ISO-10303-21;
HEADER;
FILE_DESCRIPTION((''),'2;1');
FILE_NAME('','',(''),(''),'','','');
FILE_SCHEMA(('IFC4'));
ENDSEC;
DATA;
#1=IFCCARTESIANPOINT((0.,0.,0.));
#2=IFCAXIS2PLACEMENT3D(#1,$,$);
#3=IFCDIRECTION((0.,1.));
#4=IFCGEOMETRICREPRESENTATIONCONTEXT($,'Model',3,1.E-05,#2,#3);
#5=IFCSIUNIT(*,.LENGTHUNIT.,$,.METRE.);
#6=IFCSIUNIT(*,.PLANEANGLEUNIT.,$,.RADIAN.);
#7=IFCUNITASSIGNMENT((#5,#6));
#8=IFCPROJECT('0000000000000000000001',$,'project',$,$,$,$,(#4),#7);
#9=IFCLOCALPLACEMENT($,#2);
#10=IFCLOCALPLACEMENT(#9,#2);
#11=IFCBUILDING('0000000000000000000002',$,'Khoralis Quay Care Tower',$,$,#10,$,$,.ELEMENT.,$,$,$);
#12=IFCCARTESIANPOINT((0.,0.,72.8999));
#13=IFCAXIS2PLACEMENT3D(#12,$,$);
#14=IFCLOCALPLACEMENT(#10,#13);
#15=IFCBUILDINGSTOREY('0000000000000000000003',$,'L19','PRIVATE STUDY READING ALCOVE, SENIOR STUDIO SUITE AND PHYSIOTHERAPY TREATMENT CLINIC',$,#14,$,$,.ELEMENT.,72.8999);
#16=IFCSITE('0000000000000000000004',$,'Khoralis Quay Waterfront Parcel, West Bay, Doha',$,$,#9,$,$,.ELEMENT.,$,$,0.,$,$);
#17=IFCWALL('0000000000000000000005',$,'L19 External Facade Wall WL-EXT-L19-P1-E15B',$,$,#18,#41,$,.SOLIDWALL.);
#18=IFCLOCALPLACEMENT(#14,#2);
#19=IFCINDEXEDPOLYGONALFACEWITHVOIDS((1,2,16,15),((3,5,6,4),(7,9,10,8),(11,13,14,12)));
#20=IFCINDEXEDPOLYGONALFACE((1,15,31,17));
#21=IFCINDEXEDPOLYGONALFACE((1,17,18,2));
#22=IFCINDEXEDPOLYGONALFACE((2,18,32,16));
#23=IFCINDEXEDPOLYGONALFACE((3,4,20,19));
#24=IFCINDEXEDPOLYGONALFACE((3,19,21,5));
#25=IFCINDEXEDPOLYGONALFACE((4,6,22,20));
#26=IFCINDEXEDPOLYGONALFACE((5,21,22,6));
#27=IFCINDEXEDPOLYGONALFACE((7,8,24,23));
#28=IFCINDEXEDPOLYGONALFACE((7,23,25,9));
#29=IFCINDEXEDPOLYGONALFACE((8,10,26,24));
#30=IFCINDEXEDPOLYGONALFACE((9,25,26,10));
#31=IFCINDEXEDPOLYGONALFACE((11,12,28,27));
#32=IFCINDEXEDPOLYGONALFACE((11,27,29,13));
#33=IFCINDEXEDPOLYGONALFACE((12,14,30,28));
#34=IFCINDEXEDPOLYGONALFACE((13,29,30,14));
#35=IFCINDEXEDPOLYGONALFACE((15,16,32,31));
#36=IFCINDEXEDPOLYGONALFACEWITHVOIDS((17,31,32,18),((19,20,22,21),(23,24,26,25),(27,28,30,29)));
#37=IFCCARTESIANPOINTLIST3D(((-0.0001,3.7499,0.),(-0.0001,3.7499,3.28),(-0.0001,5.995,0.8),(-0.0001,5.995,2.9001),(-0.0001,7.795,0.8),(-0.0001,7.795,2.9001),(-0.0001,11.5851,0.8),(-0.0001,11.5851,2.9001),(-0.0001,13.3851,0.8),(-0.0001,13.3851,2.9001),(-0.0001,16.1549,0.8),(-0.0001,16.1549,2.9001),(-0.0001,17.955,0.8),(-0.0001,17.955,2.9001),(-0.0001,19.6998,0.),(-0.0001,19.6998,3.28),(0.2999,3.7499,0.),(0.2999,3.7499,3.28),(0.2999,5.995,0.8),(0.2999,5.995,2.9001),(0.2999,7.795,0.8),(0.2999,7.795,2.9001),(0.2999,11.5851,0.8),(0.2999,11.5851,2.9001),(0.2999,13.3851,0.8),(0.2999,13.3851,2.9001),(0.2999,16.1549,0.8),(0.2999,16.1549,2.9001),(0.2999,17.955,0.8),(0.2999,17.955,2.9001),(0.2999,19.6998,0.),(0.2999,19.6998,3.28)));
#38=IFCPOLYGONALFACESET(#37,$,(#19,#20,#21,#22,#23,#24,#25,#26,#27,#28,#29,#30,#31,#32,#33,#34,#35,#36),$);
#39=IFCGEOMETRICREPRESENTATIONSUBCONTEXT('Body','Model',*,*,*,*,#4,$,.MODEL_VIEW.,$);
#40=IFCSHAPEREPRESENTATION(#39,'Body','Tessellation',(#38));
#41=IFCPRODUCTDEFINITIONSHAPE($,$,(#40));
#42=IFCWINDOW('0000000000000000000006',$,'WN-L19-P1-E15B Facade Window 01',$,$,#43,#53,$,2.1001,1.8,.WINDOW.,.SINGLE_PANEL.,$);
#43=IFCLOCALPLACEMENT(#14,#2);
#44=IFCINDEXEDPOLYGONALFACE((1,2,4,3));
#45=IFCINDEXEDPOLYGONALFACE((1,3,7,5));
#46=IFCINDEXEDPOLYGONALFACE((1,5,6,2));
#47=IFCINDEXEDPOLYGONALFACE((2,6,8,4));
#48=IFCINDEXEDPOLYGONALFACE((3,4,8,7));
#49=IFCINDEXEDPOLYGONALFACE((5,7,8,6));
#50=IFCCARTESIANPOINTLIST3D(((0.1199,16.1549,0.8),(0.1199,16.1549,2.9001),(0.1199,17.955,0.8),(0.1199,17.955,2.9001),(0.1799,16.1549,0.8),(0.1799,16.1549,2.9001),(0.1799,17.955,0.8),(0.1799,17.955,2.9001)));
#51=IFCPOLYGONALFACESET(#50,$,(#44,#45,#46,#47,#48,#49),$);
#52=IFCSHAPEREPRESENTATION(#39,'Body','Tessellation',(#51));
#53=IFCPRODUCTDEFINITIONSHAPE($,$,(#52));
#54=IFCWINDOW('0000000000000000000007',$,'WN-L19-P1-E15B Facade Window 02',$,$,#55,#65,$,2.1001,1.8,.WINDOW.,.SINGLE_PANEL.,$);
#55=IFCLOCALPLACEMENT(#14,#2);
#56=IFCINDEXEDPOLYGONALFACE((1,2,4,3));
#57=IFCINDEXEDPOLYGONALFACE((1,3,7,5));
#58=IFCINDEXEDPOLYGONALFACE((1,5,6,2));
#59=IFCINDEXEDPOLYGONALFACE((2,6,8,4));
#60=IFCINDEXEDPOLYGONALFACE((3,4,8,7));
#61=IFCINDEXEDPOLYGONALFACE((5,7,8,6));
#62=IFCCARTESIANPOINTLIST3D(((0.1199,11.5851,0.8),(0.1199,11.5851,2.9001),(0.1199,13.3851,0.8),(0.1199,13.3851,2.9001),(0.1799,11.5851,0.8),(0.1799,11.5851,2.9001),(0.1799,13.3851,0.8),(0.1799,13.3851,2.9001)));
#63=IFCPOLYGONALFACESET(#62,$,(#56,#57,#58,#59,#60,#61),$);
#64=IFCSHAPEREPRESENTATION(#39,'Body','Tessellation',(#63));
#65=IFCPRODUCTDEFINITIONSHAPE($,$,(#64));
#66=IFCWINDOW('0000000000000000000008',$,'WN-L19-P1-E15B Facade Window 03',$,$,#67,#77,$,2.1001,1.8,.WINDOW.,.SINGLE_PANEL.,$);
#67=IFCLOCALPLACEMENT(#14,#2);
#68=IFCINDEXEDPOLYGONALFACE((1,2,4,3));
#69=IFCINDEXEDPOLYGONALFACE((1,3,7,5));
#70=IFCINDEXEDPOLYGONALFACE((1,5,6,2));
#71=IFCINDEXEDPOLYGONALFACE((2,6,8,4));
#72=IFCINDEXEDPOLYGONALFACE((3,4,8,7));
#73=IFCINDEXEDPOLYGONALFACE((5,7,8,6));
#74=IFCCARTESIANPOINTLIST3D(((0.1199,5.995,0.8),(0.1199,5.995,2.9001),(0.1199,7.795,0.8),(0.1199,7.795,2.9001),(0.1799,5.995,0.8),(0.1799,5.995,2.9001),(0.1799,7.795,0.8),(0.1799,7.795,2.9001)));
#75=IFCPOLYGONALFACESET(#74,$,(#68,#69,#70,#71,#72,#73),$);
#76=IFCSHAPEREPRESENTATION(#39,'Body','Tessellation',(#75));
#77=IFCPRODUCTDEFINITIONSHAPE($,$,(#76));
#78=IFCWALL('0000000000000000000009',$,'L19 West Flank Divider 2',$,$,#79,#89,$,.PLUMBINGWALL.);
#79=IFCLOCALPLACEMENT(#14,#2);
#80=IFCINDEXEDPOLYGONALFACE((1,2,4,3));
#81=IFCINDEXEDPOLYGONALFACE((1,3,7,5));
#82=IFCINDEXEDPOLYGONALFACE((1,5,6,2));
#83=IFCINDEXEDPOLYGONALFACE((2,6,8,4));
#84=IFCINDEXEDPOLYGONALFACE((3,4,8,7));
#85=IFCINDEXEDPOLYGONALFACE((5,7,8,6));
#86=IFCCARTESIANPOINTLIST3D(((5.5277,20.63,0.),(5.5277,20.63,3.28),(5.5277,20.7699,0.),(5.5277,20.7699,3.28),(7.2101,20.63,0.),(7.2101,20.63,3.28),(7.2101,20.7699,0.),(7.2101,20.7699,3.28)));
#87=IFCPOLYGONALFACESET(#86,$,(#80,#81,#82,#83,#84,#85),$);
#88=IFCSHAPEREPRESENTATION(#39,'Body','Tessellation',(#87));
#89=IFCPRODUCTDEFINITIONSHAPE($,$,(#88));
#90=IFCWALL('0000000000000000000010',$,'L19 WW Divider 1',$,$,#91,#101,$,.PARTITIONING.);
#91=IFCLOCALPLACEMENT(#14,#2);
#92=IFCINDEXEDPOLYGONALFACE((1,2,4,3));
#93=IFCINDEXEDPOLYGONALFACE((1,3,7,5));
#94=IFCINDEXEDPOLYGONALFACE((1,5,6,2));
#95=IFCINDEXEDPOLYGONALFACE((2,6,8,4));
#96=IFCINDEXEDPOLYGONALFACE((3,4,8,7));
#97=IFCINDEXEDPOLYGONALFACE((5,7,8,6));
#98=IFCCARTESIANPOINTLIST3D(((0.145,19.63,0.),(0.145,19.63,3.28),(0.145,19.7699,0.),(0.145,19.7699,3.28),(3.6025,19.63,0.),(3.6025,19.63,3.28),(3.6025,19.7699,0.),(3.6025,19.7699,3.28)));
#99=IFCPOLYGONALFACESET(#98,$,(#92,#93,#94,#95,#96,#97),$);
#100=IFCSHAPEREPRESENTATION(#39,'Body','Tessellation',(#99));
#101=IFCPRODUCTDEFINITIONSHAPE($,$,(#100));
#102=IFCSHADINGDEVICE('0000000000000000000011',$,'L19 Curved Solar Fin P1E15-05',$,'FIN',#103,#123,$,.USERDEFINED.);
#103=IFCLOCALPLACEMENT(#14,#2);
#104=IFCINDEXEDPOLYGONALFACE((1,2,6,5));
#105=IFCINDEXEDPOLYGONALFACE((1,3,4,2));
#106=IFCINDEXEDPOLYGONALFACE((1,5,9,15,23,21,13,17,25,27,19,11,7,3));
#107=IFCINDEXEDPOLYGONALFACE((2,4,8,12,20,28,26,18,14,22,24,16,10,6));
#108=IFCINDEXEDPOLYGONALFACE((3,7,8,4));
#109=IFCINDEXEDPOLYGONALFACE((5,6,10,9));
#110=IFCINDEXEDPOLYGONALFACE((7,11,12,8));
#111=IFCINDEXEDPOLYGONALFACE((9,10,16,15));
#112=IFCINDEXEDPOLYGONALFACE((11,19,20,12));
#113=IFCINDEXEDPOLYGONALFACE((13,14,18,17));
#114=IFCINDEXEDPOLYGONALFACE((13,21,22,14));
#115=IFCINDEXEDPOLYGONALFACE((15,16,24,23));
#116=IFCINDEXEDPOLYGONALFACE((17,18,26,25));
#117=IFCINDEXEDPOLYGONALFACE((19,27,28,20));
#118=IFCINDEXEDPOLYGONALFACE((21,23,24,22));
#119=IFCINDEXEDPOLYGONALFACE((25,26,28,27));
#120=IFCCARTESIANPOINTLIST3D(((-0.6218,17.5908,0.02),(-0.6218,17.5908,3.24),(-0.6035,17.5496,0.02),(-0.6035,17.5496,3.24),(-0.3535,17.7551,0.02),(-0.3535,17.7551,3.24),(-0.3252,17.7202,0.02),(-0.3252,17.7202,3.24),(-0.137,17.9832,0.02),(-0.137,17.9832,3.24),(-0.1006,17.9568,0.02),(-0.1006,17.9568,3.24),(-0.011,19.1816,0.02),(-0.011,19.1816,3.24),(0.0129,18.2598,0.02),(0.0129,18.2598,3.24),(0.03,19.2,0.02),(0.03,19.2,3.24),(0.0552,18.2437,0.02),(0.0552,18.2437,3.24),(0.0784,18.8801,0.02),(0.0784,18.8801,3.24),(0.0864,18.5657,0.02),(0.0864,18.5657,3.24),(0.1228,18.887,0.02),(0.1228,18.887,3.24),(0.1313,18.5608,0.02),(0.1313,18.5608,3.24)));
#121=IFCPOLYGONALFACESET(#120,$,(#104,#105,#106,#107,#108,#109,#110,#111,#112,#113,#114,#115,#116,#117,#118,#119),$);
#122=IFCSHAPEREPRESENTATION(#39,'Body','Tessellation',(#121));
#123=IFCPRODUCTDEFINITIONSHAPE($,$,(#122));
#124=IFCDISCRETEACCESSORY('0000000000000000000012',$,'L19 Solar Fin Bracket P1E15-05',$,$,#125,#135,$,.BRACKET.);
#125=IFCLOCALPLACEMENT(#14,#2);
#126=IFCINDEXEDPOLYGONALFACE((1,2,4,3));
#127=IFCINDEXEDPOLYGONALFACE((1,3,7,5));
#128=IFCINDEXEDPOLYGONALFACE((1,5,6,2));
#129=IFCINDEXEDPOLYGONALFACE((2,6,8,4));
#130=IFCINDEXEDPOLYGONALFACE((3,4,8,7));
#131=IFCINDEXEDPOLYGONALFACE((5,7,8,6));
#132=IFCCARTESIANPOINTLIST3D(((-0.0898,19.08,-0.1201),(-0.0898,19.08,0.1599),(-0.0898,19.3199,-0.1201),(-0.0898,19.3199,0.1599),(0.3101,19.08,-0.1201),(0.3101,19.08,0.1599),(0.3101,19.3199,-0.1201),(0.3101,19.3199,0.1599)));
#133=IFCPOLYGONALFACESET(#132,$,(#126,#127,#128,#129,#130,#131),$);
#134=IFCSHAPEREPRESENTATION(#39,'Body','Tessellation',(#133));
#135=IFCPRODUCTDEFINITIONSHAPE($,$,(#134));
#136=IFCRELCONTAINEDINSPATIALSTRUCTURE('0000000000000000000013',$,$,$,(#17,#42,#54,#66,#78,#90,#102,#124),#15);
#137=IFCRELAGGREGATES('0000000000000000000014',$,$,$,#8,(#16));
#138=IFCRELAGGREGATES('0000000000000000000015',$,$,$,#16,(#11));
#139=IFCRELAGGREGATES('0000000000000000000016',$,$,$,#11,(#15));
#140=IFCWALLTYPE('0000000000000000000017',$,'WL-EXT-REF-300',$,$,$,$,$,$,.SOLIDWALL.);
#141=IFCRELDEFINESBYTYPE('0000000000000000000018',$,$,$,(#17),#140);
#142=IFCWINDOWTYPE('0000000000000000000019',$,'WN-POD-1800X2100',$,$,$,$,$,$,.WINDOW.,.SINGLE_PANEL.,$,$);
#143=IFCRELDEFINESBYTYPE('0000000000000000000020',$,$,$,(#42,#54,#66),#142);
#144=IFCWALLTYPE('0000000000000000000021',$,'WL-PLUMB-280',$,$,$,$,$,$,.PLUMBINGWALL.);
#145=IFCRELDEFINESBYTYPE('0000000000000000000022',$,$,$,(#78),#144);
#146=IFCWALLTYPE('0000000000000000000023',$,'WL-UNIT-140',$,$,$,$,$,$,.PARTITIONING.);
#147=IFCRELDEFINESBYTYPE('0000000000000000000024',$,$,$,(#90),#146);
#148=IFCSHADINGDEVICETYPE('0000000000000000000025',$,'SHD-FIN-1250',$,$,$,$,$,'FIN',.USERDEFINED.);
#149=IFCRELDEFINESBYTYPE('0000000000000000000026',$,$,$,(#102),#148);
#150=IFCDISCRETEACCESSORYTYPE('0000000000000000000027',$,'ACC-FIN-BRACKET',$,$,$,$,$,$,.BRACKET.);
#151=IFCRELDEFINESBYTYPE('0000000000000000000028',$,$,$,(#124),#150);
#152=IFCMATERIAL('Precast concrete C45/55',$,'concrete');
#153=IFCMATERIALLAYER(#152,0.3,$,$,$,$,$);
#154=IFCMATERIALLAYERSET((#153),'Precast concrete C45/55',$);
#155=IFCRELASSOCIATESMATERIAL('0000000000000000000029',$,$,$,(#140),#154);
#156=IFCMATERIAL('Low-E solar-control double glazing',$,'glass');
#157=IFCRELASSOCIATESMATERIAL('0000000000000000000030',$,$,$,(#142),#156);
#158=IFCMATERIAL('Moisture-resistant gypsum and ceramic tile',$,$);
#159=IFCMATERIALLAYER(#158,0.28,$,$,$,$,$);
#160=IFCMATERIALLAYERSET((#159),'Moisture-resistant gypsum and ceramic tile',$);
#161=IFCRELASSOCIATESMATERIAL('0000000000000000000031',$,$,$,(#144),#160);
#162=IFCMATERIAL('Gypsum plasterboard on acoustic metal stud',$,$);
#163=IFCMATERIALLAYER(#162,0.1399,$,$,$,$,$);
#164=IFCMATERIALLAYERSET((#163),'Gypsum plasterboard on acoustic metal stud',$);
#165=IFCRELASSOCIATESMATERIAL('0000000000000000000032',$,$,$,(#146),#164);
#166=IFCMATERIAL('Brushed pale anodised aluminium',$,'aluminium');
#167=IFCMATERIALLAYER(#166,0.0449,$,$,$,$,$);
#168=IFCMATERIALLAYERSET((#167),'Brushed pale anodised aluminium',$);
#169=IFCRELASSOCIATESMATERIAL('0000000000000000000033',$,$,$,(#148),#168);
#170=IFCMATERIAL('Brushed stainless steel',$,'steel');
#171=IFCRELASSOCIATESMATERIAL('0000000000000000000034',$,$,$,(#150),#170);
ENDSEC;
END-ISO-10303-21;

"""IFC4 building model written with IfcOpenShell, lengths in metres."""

from ifc_helpers import new_model, si_unit, direction, frame, frame_2d, origin, origin_2d, place, context, subcontext, project, spatial, polyline, rectangle, outline, extrude, source, transform, mapped, material, layer, layer_set, type_object, element, fill, save


model = new_model("IFC4")

# Units and contexts
model_context = context("Model", 3, precision=1e-05, world=origin(), true_north=direction((0.0, 1.0)))
body_context = subcontext(model_context, "Body", "Model", "MODEL_VIEW")
ifc_project = project(units=[si_unit("LENGTHUNIT", "METRE"), si_unit("PLANEANGLEUNIT", "RADIAN")], contexts=[model_context])

# Site, building, storey
site_placement = place(None, origin())
site = spatial("IfcSite", under=ifc_project, at=site_placement, Name="Khoralis Quay Waterfront Parcel, West Bay, Doha", CompositionType="ELEMENT", RefElevation=0.0)
building_placement = place(site_placement, origin())
building = spatial("IfcBuilding", under=site, at=building_placement, Name="Khoralis Quay Care Tower", CompositionType="ELEMENT")
storey_placement = place(building_placement, frame((0.0, 0.0, 72.8999)))
storey = spatial("IfcBuildingStorey", under=building, at=storey_placement, Name="L19", Description="PRIVATE STUDY READING ALCOVE, SENIOR STUDIO SUITE AND PHYSIOTHERAPY TREATMENT CLINIC", CompositionType="ELEMENT", Elevation=72.8999)

# Shared definitions
ifc_material_1 = material(Name="Low-E solar-control double glazing", Category="glass")

# Wall, openings, windows
ifc_material_2 = material(Name="Precast concrete C45/55", Category="concrete")
ifc_layer_1 = layer(ifc_material_2, 0.3)
ifc_layer_set_1 = layer_set([ifc_layer_1], Name="Precast concrete C45/55")
wall_type_1 = type_object("IfcWallType", Name="WL-EXT-REF-300", PredefinedType="SOLIDWALL", material=ifc_layer_set_1)
wall_1_placement = place(storey_placement, frame((0.1499, 19.7, 0.0), z_axis=(0.0, 0.0, 1.0), x_axis=(0.0, -1.0, 0.0)))
wall_1 = element("IfcWall", 1, at=wall_1_placement, inside=storey, type_object=wall_type_1, Name="L19 External Facade Wall WL-EXT-L19-P1-E15B", PredefinedType="SOLIDWALL", context=body_context, shape_type="SweptSolid", body=[
    extrude(rectangle(XDim=15.95, YDim=0.3, at=frame_2d((7.9751, 0.0))), origin(), (0.0, 0.0, 1.0), 3.28),
])
opening_1_placement = place(wall_1_placement, frame((1.7451, 0.0, 0.8)))
opening_1 = element("IfcOpeningElement", 2, at=opening_1_placement, cuts=wall_1, PredefinedType="OPENING", context=body_context, shape_type="SweptSolid", body=[
    extrude(rectangle(XDim=1.8, YDim=2.1001, at=frame_2d((0.8999, 1.05))), frame((0.0, 0.1602, 0.0), z_axis=(0.0, -1.0, 0.0), x_axis=(1.0, 0.0, 0.0)), (0.0, 0.0, 1.0), 0.3201),
])
opening_2_placement = place(wall_1_placement, frame((6.3149, 0.0, 0.8)))
opening_2 = element("IfcOpeningElement", 3, at=opening_2_placement, cuts=wall_1, PredefinedType="OPENING", context=body_context, shape_type="SweptSolid", body=[
    extrude(rectangle(XDim=1.8, YDim=2.1001, at=frame_2d((0.8999, 1.05))), frame((0.0, 0.1602, 0.0), z_axis=(0.0, -1.0, 0.0), x_axis=(1.0, 0.0, 0.0)), (0.0, 0.0, 1.0), 0.3201),
])
opening_3_placement = place(wall_1_placement, frame((11.905, 0.0, 0.8)))
opening_3 = element("IfcOpeningElement", 4, at=opening_3_placement, cuts=wall_1, PredefinedType="OPENING", context=body_context, shape_type="SweptSolid", body=[
    extrude(rectangle(XDim=1.8, YDim=2.1001, at=frame_2d((0.8999, 1.05))), frame((0.0, 0.1602, 0.0), z_axis=(0.0, -1.0, 0.0), x_axis=(1.0, 0.0, 0.0)), (0.0, 0.0, 1.0), 0.3201),
])
window_type = type_object("IfcWindowType", Name="WN-POD-1800X2100", PartitioningType="SINGLE_PANEL", PredefinedType="WINDOW", material=ifc_material_1)
shared_shape_1 = source(origin(), body_context, "Body", "SweptSolid", [
    extrude(rectangle(XDim=1.8, YDim=2.1001, at=frame_2d((0.8999, 1.05))), frame((0.0, 0.03, 0.0), z_axis=(0.0, -1.0, 0.0), x_axis=(1.0, 0.0, 0.0)), (0.0, 0.0, 1.0), 0.0601),
])
window_1_placement = place(opening_1_placement, origin())
window_1 = element("IfcWindow", 5, at=window_1_placement, inside=storey, type_object=window_type, Name="WN-L19-P1-E15B Facade Window 01", OverallHeight=2.1001, OverallWidth=1.8, PartitioningType="SINGLE_PANEL", PredefinedType="WINDOW", context=body_context, shape_type="MappedRepresentation", body=[
    mapped(shared_shape_1, transform((0.0, 0.0, 0.0), scale=1.0)),
])
fill(opening_1, window_1)
window_2_placement = place(opening_2_placement, origin())
window_2 = element("IfcWindow", 6, at=window_2_placement, inside=storey, type_object=window_type, Name="WN-L19-P1-E15B Facade Window 02", OverallHeight=2.1001, OverallWidth=1.8, PartitioningType="SINGLE_PANEL", PredefinedType="WINDOW", context=body_context, shape_type="MappedRepresentation", body=[
    mapped(shared_shape_1, transform((0.0, 0.0, 0.0), scale=1.0)),
])
fill(opening_2, window_2)
window_3_placement = place(opening_3_placement, origin())
window_3 = element("IfcWindow", 7, at=window_3_placement, inside=storey, type_object=window_type, Name="WN-L19-P1-E15B Facade Window 03", OverallHeight=2.1001, OverallWidth=1.8, PartitioningType="SINGLE_PANEL", PredefinedType="WINDOW", context=body_context, shape_type="MappedRepresentation", body=[
    mapped(shared_shape_1, transform((0.0, 0.0, 0.0), scale=1.0)),
])
fill(opening_3, window_3)

# Walls
ifc_material_3 = material(Name="Moisture-resistant gypsum and ceramic tile")
ifc_layer_2 = layer(ifc_material_3, 0.28)
ifc_layer_set_2 = layer_set([ifc_layer_2], Name="Moisture-resistant gypsum and ceramic tile")
wall_type_2 = type_object("IfcWallType", Name="WL-PLUMB-280", PredefinedType="PLUMBINGWALL", material=ifc_layer_set_2)
wall_2_placement = place(storey_placement, frame((5.5276, 20.7, 0.0), z_axis=(0.0, 0.0, 1.0), x_axis=(1.0, 0.0, 0.0)))
element("IfcWall", 8, at=wall_2_placement, inside=storey, type_object=wall_type_2, Name="L19 West Flank Divider 2", PredefinedType="PLUMBINGWALL", context=body_context, shape_type="SweptSolid", body=[
    extrude(rectangle(XDim=1.6824, YDim=0.1399, at=frame_2d((0.8413, 0.0))), origin(), (0.0, 0.0, 1.0), 3.28),
])
ifc_material_4 = material(Name="Gypsum plasterboard on acoustic metal stud")
ifc_layer_3 = layer(ifc_material_4, 0.1399)
ifc_layer_set_3 = layer_set([ifc_layer_3], Name="Gypsum plasterboard on acoustic metal stud")
wall_type_3 = type_object("IfcWallType", Name="WL-UNIT-140", PredefinedType="PARTITIONING", material=ifc_layer_set_3)
wall_3_placement = place(storey_placement, frame((0.145, 19.7, 0.0), z_axis=(0.0, 0.0, 1.0), x_axis=(1.0, 0.0, 0.0)))
element("IfcWall", 9, at=wall_3_placement, inside=storey, type_object=wall_type_3, Name="L19 WW Divider 1", PredefinedType="PARTITIONING", context=body_context, shape_type="SweptSolid", body=[
    extrude(rectangle(XDim=3.4575, YDim=0.1399, at=frame_2d((1.7288, 0.0))), origin(), (0.0, 0.0, 1.0), 3.28),
])

# Shading device
ifc_material_5 = material(Name="Brushed pale anodised aluminium", Category="aluminium")
ifc_layer_4 = layer(ifc_material_5, 0.0449)
ifc_layer_set_4 = layer_set([ifc_layer_4], Name="Brushed pale anodised aluminium")
shading_device_type = type_object("IfcShadingDeviceType", Name="SHD-FIN-1250", ElementType="FIN", PredefinedType="USERDEFINED", material=ifc_layer_set_4)
shared_shape_2 = source(origin(), body_context, "Body", "SweptSolid", [
    extrude(outline(polyline([(0.0, 0.0), (-0.0928, 0.313), (-0.1013, 0.6392), (-0.0251, 0.9563), (0.1306, 1.2432), (0.3552, 1.4797), (0.6335, 1.6504), (0.6519, 1.6091), (0.3835, 1.4448), (0.167, 1.2168), (0.0171, 0.9402), (-0.0564, 0.6343), (-0.0483, 0.3198), (0.041, 0.0183), (0.0, 0.0)])), origin(), (0.0, 0.0, 1.0), 3.22),
])
shading_device_placement = place(storey_placement, frame((0.03, 19.2, 0.02), z_axis=(0.0, 0.0, 1.0), x_axis=(-1.0, 0.0, 0.0)))
element("IfcShadingDevice", 10, at=shading_device_placement, inside=storey, type_object=shading_device_type, Name="L19 Curved Solar Fin P1E15-05", ObjectType="FIN", PredefinedType="USERDEFINED", context=body_context, shape_type="MappedRepresentation", body=[
    mapped(shared_shape_2, transform((0.0, 0.0, 0.0), scale=1.0)),
])

# Discrete accessory
ifc_material_6 = material(Name="Brushed stainless steel", Category="steel")
discrete_accessory_type = type_object("IfcDiscreteAccessoryType", Name="ACC-FIN-BRACKET", PredefinedType="BRACKET", material=ifc_material_6)
shared_shape_3 = source(origin(), body_context, "Body", "SweptSolid", [
    extrude(rectangle(XDim=0.3999, YDim=0.24, at=origin_2d()), origin(), (0.0, 0.0, 1.0), 0.28),
])
discrete_accessory_placement = place(storey_placement, frame((0.1101, 19.2, -0.1201), z_axis=(0.0, 0.0, 1.0), x_axis=(-1.0, 0.0, 0.0)))
element("IfcDiscreteAccessory", 11, at=discrete_accessory_placement, inside=storey, type_object=discrete_accessory_type, Name="L19 Solar Fin Bracket P1E15-05", PredefinedType="BRACKET", context=body_context, shape_type="MappedRepresentation", body=[
    mapped(shared_shape_3, transform((0.0, 0.0, 0.0), scale=1.0)),
])

save(model, "model.ifc")
